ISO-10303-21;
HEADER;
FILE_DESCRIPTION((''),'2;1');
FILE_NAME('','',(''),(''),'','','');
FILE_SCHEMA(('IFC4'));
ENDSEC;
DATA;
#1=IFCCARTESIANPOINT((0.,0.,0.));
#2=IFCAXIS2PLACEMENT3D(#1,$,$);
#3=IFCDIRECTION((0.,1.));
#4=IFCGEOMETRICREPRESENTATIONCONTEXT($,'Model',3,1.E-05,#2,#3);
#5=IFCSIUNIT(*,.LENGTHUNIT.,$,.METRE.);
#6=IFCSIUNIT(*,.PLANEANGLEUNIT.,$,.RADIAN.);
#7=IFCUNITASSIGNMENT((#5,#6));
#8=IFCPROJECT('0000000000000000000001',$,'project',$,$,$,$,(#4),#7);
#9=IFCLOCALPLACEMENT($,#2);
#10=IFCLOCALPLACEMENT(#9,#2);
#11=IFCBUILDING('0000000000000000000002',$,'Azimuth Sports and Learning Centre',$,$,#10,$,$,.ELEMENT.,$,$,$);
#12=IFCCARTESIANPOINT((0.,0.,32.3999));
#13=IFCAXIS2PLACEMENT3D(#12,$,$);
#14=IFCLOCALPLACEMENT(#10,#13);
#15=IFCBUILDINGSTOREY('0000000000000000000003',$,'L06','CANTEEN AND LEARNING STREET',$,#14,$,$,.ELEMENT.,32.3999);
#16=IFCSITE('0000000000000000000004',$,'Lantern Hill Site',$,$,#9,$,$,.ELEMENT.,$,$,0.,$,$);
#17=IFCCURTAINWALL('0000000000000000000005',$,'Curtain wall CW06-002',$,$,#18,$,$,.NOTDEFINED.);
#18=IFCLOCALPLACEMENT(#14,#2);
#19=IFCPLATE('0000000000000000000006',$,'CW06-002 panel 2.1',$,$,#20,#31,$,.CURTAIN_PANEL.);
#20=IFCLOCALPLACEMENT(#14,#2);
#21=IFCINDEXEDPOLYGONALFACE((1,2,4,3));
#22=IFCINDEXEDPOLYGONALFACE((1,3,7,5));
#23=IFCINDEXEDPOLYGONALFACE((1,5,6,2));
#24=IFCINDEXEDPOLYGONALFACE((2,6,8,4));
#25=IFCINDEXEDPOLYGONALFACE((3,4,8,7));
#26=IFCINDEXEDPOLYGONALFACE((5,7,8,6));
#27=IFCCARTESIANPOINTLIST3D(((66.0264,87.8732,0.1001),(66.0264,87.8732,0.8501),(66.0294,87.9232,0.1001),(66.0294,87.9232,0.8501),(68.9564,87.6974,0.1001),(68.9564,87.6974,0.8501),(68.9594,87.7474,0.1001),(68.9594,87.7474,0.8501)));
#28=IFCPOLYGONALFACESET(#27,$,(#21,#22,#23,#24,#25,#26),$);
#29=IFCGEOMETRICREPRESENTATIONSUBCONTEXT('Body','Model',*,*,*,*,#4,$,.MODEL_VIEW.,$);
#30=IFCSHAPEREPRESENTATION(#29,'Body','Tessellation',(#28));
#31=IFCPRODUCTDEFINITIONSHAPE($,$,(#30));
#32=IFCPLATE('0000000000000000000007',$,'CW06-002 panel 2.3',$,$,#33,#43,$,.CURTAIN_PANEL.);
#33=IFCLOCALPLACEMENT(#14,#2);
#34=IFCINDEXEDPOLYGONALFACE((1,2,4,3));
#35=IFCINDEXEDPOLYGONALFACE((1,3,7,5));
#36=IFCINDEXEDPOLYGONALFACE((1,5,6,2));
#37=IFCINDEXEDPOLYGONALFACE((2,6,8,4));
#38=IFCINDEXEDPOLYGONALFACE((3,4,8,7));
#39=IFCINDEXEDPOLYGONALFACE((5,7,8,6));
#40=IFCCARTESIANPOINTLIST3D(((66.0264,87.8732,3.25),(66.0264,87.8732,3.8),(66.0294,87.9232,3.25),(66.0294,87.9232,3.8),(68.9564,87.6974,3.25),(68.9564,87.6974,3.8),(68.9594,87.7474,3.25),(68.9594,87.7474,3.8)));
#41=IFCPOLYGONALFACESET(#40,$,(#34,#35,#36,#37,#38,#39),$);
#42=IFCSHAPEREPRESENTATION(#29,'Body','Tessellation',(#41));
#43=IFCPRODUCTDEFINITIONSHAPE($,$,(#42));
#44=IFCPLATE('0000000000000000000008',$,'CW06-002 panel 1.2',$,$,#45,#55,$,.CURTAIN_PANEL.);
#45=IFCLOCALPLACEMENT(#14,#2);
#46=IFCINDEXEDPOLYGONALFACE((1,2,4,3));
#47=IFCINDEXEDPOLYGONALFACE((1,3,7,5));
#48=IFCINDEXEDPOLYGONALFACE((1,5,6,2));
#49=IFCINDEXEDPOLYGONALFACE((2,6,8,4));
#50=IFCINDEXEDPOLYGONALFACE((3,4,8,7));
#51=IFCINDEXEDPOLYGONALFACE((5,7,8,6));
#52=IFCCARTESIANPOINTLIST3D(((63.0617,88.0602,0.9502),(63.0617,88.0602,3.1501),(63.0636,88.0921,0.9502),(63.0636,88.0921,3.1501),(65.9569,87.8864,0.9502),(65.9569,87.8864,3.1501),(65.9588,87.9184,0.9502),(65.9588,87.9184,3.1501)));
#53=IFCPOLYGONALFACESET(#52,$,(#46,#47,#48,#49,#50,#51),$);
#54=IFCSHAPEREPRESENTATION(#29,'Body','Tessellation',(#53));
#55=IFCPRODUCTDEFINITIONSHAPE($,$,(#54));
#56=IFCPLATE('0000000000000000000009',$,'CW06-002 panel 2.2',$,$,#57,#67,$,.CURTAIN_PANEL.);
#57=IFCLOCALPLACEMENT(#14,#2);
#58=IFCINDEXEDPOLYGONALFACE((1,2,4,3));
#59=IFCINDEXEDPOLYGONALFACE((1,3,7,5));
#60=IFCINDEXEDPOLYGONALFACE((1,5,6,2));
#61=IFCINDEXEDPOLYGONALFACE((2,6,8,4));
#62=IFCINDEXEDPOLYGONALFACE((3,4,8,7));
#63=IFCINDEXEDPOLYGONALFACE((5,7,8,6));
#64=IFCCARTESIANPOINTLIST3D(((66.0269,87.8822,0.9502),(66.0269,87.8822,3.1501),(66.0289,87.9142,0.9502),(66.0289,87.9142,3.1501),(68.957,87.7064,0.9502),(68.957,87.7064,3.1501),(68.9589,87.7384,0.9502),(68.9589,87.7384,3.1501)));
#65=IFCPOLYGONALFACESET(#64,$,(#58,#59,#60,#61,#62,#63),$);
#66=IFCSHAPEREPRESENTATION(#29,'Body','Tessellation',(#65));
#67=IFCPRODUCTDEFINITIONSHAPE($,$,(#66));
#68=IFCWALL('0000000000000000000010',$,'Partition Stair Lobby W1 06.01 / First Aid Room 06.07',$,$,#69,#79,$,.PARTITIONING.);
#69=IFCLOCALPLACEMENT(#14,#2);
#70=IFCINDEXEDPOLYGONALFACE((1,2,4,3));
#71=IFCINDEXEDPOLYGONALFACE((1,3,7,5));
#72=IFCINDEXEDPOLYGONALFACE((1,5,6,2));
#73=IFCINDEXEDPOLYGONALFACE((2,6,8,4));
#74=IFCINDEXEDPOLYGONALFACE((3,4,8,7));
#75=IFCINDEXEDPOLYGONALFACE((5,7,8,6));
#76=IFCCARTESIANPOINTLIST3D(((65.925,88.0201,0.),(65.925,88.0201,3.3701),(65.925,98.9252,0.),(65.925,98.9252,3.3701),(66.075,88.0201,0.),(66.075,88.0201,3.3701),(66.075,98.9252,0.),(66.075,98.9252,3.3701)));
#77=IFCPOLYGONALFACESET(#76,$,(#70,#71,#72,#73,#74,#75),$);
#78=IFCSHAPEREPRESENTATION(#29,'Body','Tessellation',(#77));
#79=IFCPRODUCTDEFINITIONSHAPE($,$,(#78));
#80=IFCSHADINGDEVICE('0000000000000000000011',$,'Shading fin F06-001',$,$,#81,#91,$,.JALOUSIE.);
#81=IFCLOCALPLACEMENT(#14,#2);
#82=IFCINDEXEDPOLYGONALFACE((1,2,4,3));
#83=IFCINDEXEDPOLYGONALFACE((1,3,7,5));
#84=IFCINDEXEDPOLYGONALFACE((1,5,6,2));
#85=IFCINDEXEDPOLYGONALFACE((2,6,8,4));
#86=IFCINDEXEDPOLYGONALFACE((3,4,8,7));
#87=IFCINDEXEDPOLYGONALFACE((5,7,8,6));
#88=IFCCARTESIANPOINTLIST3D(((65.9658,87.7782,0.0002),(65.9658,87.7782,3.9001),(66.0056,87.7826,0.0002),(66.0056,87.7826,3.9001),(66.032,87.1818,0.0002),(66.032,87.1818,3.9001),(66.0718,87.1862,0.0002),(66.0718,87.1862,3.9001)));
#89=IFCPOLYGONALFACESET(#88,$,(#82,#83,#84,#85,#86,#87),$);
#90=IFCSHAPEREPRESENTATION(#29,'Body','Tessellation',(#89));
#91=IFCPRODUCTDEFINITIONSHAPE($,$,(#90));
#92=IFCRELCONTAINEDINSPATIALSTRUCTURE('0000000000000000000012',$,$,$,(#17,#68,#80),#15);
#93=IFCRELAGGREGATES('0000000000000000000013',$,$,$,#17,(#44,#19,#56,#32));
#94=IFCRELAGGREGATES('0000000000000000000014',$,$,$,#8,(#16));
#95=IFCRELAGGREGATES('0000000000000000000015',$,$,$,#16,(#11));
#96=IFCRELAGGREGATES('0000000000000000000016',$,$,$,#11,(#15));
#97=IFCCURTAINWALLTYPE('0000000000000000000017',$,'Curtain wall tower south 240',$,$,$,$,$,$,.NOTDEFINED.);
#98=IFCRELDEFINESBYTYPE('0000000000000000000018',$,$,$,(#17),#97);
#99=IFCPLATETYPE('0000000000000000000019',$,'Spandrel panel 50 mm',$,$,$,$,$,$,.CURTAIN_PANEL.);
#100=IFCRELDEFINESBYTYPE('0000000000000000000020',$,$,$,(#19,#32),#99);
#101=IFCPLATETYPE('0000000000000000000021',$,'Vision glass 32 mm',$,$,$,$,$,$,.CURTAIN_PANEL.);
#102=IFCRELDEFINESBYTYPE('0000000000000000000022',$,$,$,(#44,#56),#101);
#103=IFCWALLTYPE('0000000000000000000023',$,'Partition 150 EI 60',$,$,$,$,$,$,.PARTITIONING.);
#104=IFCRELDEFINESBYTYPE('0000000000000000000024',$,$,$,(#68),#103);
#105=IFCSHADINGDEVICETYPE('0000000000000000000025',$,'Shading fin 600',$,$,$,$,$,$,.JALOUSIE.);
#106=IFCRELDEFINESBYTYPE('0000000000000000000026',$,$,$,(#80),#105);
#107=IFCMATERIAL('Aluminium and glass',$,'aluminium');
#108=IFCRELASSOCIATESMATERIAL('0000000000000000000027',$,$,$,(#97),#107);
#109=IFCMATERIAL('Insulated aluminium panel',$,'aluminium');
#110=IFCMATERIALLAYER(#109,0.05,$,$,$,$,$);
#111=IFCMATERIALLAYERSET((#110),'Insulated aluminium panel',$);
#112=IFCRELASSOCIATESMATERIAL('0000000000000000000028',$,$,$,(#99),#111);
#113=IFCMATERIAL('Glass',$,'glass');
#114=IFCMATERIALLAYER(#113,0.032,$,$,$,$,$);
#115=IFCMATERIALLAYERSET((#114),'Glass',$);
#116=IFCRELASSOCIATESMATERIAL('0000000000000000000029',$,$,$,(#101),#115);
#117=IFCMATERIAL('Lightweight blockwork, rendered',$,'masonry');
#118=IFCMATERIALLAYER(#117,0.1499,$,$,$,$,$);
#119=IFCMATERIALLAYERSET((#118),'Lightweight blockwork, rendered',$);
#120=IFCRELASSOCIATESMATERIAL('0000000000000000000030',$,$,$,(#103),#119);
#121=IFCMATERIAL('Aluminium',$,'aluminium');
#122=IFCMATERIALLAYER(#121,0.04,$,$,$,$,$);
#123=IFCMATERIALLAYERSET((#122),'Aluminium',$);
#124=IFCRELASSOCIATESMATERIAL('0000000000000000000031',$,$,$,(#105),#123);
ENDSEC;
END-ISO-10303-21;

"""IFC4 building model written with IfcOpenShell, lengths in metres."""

from ifc_helpers import new_model, si_unit, direction, frame, frame_2d, origin, origin_2d, place, context, subcontext, project, spatial, rectangle, extrude, material, layer, layer_set, type_object, element, aggregate, save


model = new_model("IFC4")

# Units and contexts
model_context = context("Model", 3, precision=1e-05, world=origin(), true_north=direction((0.0, 1.0)))
body_context = subcontext(model_context, "Body", "Model", "MODEL_VIEW")
ifc_project = project(units=[si_unit("LENGTHUNIT", "METRE"), si_unit("PLANEANGLEUNIT", "RADIAN")], contexts=[model_context])

# Site, building, storey
site_placement = place(None, origin())
site = spatial("IfcSite", under=ifc_project, at=site_placement, Name="Lantern Hill Site", CompositionType="ELEMENT", RefElevation=0.0)
building_placement = place(site_placement, origin())
building = spatial("IfcBuilding", under=site, at=building_placement, Name="Azimuth Sports and Learning Centre", CompositionType="ELEMENT")
storey_placement = place(building_placement, frame((0.0, 0.0, 32.3999)))
storey = spatial("IfcBuildingStorey", under=building, at=storey_placement, Name="L06", Description="CANTEEN AND LEARNING STREET", CompositionType="ELEMENT", Elevation=32.3999)

# Curtain wall, plates
ifc_material_1 = material(Name="Aluminium and glass", Category="aluminium")
curtain_wall_type = type_object("IfcCurtainWallType", Name="Curtain wall tower south 240", PredefinedType="NOTDEFINED", material=ifc_material_1)
curtain_wall_placement = place(storey_placement, origin())
curtain_wall = element("IfcCurtainWall", 1, at=curtain_wall_placement, inside=storey, type_object=curtain_wall_type, Name="Curtain wall CW06-002", PredefinedType="NOTDEFINED")
ifc_material_2 = material(Name="Insulated aluminium panel", Category="aluminium")
ifc_layer_1 = layer(ifc_material_2, 0.05)
ifc_layer_set_1 = layer_set([ifc_layer_1], Name="Insulated aluminium panel")
plate_type_1 = type_object("IfcPlateType", Name="Spandrel panel 50 mm", PredefinedType="CURTAIN_PANEL", material=ifc_layer_set_1)
plate_1_placement = place(storey_placement, frame((67.4929, 87.8103, 0.1001), z_axis=(0.0, 0.0, 1.0), x_axis=(0.998205, -0.059892, 0.0)))
plate_1 = element("IfcPlate", 2, at=plate_1_placement, type_object=plate_type_1, Name="CW06-002 panel 2.1", PredefinedType="CURTAIN_PANEL", context=body_context, shape_type="SweptSolid", body=[
    extrude(rectangle(XDim=2.9353, YDim=0.05, at=origin_2d()), origin(), (0.0, 0.0, 1.0), 0.75),
])
plate_2_placement = place(storey_placement, frame((67.4929, 87.8103, 3.25), z_axis=(0.0, 0.0, 1.0), x_axis=(0.998205, -0.059892, 0.0)))
plate_2 = element("IfcPlate", 3, at=plate_2_placement, type_object=plate_type_1, Name="CW06-002 panel 2.3", PredefinedType="CURTAIN_PANEL", context=body_context, shape_type="SweptSolid", body=[
    extrude(rectangle(XDim=2.9353, YDim=0.05, at=origin_2d()), origin(), (0.0, 0.0, 1.0), 0.55),
])
ifc_material_3 = material(Name="Glass", Category="glass")
ifc_layer_2 = layer(ifc_material_3, 0.032)
ifc_layer_set_2 = layer_set([ifc_layer_2], Name="Glass")
plate_type_2 = type_object("IfcPlateType", Name="Vision glass 32 mm", PredefinedType="CURTAIN_PANEL", material=ifc_layer_set_2)
plate_3_placement = place(storey_placement, frame((64.5103, 87.9893, 0.9502), z_axis=(0.0, 0.0, 1.0), x_axis=(0.998205, -0.059892, 0.0)))
plate_3 = element("IfcPlate", 4, at=plate_3_placement, type_object=plate_type_2, Name="CW06-002 panel 1.2", PredefinedType="CURTAIN_PANEL", context=body_context, shape_type="SweptSolid", body=[
    extrude(rectangle(XDim=2.9004, YDim=0.032, at=origin_2d()), origin(), (0.0, 0.0, 1.0), 2.2),
])
plate_4_placement = place(storey_placement, frame((67.4929, 87.8103, 0.9502), z_axis=(0.0, 0.0, 1.0), x_axis=(0.998205, -0.059892, 0.0)))
plate_4 = element("IfcPlate", 5, at=plate_4_placement, type_object=plate_type_2, Name="CW06-002 panel 2.2", PredefinedType="CURTAIN_PANEL", context=body_context, shape_type="SweptSolid", body=[
    extrude(rectangle(XDim=2.9353, YDim=0.032, at=origin_2d()), origin(), (0.0, 0.0, 1.0), 2.2),
])
aggregate(curtain_wall, [plate_3, plate_1, plate_4, plate_2])

# Wall
ifc_material_4 = material(Name="Lightweight blockwork, rendered", Category="masonry")
ifc_layer_3 = layer(ifc_material_4, 0.1499)
ifc_layer_set_3 = layer_set([ifc_layer_3], Name="Lightweight blockwork, rendered")
wall_type = type_object("IfcWallType", Name="Partition 150 EI 60", PredefinedType="PARTITIONING", material=ifc_layer_set_3)
wall_placement = place(storey_placement, frame((66.0, 88.02, 0.0), z_axis=(0.0, 0.0, 1.0), x_axis=(0.0, 1.0, 0.0)))
element("IfcWall", 6, at=wall_placement, inside=storey, type_object=wall_type, Name="Partition Stair Lobby W1 06.01 / First Aid Room 06.07", PredefinedType="PARTITIONING", context=body_context, shape_type="SweptSolid", body=[
    extrude(rectangle(XDim=10.905, YDim=0.1499, at=frame_2d((5.4526, 0.0))), origin(), (0.0, 0.0, 1.0), 3.3701),
])

# Shading device
ifc_material_5 = material(Name="Aluminium", Category="aluminium")
ifc_layer_4 = layer(ifc_material_5, 0.04)
ifc_layer_set_4 = layer_set([ifc_layer_4], Name="Aluminium")
shading_device_type = type_object("IfcShadingDeviceType", Name="Shading fin 600", PredefinedType="JALOUSIE", material=ifc_layer_set_4)
shading_device_placement = place(storey_placement, frame((66.0188, 87.4822, 0.0002), z_axis=(0.0, 0.0, 1.0), x_axis=(0.110221, -0.993907, 0.0)))
element("IfcShadingDevice", 7, at=shading_device_placement, inside=storey, type_object=shading_device_type, Name="Shading fin F06-001", PredefinedType="JALOUSIE", context=body_context, shape_type="SweptSolid", body=[
    extrude(rectangle(XDim=0.6001, YDim=0.04, at=origin_2d()), origin(), (0.0, 0.0, 1.0), 3.8999),
])

save(model, "model.ifc")
